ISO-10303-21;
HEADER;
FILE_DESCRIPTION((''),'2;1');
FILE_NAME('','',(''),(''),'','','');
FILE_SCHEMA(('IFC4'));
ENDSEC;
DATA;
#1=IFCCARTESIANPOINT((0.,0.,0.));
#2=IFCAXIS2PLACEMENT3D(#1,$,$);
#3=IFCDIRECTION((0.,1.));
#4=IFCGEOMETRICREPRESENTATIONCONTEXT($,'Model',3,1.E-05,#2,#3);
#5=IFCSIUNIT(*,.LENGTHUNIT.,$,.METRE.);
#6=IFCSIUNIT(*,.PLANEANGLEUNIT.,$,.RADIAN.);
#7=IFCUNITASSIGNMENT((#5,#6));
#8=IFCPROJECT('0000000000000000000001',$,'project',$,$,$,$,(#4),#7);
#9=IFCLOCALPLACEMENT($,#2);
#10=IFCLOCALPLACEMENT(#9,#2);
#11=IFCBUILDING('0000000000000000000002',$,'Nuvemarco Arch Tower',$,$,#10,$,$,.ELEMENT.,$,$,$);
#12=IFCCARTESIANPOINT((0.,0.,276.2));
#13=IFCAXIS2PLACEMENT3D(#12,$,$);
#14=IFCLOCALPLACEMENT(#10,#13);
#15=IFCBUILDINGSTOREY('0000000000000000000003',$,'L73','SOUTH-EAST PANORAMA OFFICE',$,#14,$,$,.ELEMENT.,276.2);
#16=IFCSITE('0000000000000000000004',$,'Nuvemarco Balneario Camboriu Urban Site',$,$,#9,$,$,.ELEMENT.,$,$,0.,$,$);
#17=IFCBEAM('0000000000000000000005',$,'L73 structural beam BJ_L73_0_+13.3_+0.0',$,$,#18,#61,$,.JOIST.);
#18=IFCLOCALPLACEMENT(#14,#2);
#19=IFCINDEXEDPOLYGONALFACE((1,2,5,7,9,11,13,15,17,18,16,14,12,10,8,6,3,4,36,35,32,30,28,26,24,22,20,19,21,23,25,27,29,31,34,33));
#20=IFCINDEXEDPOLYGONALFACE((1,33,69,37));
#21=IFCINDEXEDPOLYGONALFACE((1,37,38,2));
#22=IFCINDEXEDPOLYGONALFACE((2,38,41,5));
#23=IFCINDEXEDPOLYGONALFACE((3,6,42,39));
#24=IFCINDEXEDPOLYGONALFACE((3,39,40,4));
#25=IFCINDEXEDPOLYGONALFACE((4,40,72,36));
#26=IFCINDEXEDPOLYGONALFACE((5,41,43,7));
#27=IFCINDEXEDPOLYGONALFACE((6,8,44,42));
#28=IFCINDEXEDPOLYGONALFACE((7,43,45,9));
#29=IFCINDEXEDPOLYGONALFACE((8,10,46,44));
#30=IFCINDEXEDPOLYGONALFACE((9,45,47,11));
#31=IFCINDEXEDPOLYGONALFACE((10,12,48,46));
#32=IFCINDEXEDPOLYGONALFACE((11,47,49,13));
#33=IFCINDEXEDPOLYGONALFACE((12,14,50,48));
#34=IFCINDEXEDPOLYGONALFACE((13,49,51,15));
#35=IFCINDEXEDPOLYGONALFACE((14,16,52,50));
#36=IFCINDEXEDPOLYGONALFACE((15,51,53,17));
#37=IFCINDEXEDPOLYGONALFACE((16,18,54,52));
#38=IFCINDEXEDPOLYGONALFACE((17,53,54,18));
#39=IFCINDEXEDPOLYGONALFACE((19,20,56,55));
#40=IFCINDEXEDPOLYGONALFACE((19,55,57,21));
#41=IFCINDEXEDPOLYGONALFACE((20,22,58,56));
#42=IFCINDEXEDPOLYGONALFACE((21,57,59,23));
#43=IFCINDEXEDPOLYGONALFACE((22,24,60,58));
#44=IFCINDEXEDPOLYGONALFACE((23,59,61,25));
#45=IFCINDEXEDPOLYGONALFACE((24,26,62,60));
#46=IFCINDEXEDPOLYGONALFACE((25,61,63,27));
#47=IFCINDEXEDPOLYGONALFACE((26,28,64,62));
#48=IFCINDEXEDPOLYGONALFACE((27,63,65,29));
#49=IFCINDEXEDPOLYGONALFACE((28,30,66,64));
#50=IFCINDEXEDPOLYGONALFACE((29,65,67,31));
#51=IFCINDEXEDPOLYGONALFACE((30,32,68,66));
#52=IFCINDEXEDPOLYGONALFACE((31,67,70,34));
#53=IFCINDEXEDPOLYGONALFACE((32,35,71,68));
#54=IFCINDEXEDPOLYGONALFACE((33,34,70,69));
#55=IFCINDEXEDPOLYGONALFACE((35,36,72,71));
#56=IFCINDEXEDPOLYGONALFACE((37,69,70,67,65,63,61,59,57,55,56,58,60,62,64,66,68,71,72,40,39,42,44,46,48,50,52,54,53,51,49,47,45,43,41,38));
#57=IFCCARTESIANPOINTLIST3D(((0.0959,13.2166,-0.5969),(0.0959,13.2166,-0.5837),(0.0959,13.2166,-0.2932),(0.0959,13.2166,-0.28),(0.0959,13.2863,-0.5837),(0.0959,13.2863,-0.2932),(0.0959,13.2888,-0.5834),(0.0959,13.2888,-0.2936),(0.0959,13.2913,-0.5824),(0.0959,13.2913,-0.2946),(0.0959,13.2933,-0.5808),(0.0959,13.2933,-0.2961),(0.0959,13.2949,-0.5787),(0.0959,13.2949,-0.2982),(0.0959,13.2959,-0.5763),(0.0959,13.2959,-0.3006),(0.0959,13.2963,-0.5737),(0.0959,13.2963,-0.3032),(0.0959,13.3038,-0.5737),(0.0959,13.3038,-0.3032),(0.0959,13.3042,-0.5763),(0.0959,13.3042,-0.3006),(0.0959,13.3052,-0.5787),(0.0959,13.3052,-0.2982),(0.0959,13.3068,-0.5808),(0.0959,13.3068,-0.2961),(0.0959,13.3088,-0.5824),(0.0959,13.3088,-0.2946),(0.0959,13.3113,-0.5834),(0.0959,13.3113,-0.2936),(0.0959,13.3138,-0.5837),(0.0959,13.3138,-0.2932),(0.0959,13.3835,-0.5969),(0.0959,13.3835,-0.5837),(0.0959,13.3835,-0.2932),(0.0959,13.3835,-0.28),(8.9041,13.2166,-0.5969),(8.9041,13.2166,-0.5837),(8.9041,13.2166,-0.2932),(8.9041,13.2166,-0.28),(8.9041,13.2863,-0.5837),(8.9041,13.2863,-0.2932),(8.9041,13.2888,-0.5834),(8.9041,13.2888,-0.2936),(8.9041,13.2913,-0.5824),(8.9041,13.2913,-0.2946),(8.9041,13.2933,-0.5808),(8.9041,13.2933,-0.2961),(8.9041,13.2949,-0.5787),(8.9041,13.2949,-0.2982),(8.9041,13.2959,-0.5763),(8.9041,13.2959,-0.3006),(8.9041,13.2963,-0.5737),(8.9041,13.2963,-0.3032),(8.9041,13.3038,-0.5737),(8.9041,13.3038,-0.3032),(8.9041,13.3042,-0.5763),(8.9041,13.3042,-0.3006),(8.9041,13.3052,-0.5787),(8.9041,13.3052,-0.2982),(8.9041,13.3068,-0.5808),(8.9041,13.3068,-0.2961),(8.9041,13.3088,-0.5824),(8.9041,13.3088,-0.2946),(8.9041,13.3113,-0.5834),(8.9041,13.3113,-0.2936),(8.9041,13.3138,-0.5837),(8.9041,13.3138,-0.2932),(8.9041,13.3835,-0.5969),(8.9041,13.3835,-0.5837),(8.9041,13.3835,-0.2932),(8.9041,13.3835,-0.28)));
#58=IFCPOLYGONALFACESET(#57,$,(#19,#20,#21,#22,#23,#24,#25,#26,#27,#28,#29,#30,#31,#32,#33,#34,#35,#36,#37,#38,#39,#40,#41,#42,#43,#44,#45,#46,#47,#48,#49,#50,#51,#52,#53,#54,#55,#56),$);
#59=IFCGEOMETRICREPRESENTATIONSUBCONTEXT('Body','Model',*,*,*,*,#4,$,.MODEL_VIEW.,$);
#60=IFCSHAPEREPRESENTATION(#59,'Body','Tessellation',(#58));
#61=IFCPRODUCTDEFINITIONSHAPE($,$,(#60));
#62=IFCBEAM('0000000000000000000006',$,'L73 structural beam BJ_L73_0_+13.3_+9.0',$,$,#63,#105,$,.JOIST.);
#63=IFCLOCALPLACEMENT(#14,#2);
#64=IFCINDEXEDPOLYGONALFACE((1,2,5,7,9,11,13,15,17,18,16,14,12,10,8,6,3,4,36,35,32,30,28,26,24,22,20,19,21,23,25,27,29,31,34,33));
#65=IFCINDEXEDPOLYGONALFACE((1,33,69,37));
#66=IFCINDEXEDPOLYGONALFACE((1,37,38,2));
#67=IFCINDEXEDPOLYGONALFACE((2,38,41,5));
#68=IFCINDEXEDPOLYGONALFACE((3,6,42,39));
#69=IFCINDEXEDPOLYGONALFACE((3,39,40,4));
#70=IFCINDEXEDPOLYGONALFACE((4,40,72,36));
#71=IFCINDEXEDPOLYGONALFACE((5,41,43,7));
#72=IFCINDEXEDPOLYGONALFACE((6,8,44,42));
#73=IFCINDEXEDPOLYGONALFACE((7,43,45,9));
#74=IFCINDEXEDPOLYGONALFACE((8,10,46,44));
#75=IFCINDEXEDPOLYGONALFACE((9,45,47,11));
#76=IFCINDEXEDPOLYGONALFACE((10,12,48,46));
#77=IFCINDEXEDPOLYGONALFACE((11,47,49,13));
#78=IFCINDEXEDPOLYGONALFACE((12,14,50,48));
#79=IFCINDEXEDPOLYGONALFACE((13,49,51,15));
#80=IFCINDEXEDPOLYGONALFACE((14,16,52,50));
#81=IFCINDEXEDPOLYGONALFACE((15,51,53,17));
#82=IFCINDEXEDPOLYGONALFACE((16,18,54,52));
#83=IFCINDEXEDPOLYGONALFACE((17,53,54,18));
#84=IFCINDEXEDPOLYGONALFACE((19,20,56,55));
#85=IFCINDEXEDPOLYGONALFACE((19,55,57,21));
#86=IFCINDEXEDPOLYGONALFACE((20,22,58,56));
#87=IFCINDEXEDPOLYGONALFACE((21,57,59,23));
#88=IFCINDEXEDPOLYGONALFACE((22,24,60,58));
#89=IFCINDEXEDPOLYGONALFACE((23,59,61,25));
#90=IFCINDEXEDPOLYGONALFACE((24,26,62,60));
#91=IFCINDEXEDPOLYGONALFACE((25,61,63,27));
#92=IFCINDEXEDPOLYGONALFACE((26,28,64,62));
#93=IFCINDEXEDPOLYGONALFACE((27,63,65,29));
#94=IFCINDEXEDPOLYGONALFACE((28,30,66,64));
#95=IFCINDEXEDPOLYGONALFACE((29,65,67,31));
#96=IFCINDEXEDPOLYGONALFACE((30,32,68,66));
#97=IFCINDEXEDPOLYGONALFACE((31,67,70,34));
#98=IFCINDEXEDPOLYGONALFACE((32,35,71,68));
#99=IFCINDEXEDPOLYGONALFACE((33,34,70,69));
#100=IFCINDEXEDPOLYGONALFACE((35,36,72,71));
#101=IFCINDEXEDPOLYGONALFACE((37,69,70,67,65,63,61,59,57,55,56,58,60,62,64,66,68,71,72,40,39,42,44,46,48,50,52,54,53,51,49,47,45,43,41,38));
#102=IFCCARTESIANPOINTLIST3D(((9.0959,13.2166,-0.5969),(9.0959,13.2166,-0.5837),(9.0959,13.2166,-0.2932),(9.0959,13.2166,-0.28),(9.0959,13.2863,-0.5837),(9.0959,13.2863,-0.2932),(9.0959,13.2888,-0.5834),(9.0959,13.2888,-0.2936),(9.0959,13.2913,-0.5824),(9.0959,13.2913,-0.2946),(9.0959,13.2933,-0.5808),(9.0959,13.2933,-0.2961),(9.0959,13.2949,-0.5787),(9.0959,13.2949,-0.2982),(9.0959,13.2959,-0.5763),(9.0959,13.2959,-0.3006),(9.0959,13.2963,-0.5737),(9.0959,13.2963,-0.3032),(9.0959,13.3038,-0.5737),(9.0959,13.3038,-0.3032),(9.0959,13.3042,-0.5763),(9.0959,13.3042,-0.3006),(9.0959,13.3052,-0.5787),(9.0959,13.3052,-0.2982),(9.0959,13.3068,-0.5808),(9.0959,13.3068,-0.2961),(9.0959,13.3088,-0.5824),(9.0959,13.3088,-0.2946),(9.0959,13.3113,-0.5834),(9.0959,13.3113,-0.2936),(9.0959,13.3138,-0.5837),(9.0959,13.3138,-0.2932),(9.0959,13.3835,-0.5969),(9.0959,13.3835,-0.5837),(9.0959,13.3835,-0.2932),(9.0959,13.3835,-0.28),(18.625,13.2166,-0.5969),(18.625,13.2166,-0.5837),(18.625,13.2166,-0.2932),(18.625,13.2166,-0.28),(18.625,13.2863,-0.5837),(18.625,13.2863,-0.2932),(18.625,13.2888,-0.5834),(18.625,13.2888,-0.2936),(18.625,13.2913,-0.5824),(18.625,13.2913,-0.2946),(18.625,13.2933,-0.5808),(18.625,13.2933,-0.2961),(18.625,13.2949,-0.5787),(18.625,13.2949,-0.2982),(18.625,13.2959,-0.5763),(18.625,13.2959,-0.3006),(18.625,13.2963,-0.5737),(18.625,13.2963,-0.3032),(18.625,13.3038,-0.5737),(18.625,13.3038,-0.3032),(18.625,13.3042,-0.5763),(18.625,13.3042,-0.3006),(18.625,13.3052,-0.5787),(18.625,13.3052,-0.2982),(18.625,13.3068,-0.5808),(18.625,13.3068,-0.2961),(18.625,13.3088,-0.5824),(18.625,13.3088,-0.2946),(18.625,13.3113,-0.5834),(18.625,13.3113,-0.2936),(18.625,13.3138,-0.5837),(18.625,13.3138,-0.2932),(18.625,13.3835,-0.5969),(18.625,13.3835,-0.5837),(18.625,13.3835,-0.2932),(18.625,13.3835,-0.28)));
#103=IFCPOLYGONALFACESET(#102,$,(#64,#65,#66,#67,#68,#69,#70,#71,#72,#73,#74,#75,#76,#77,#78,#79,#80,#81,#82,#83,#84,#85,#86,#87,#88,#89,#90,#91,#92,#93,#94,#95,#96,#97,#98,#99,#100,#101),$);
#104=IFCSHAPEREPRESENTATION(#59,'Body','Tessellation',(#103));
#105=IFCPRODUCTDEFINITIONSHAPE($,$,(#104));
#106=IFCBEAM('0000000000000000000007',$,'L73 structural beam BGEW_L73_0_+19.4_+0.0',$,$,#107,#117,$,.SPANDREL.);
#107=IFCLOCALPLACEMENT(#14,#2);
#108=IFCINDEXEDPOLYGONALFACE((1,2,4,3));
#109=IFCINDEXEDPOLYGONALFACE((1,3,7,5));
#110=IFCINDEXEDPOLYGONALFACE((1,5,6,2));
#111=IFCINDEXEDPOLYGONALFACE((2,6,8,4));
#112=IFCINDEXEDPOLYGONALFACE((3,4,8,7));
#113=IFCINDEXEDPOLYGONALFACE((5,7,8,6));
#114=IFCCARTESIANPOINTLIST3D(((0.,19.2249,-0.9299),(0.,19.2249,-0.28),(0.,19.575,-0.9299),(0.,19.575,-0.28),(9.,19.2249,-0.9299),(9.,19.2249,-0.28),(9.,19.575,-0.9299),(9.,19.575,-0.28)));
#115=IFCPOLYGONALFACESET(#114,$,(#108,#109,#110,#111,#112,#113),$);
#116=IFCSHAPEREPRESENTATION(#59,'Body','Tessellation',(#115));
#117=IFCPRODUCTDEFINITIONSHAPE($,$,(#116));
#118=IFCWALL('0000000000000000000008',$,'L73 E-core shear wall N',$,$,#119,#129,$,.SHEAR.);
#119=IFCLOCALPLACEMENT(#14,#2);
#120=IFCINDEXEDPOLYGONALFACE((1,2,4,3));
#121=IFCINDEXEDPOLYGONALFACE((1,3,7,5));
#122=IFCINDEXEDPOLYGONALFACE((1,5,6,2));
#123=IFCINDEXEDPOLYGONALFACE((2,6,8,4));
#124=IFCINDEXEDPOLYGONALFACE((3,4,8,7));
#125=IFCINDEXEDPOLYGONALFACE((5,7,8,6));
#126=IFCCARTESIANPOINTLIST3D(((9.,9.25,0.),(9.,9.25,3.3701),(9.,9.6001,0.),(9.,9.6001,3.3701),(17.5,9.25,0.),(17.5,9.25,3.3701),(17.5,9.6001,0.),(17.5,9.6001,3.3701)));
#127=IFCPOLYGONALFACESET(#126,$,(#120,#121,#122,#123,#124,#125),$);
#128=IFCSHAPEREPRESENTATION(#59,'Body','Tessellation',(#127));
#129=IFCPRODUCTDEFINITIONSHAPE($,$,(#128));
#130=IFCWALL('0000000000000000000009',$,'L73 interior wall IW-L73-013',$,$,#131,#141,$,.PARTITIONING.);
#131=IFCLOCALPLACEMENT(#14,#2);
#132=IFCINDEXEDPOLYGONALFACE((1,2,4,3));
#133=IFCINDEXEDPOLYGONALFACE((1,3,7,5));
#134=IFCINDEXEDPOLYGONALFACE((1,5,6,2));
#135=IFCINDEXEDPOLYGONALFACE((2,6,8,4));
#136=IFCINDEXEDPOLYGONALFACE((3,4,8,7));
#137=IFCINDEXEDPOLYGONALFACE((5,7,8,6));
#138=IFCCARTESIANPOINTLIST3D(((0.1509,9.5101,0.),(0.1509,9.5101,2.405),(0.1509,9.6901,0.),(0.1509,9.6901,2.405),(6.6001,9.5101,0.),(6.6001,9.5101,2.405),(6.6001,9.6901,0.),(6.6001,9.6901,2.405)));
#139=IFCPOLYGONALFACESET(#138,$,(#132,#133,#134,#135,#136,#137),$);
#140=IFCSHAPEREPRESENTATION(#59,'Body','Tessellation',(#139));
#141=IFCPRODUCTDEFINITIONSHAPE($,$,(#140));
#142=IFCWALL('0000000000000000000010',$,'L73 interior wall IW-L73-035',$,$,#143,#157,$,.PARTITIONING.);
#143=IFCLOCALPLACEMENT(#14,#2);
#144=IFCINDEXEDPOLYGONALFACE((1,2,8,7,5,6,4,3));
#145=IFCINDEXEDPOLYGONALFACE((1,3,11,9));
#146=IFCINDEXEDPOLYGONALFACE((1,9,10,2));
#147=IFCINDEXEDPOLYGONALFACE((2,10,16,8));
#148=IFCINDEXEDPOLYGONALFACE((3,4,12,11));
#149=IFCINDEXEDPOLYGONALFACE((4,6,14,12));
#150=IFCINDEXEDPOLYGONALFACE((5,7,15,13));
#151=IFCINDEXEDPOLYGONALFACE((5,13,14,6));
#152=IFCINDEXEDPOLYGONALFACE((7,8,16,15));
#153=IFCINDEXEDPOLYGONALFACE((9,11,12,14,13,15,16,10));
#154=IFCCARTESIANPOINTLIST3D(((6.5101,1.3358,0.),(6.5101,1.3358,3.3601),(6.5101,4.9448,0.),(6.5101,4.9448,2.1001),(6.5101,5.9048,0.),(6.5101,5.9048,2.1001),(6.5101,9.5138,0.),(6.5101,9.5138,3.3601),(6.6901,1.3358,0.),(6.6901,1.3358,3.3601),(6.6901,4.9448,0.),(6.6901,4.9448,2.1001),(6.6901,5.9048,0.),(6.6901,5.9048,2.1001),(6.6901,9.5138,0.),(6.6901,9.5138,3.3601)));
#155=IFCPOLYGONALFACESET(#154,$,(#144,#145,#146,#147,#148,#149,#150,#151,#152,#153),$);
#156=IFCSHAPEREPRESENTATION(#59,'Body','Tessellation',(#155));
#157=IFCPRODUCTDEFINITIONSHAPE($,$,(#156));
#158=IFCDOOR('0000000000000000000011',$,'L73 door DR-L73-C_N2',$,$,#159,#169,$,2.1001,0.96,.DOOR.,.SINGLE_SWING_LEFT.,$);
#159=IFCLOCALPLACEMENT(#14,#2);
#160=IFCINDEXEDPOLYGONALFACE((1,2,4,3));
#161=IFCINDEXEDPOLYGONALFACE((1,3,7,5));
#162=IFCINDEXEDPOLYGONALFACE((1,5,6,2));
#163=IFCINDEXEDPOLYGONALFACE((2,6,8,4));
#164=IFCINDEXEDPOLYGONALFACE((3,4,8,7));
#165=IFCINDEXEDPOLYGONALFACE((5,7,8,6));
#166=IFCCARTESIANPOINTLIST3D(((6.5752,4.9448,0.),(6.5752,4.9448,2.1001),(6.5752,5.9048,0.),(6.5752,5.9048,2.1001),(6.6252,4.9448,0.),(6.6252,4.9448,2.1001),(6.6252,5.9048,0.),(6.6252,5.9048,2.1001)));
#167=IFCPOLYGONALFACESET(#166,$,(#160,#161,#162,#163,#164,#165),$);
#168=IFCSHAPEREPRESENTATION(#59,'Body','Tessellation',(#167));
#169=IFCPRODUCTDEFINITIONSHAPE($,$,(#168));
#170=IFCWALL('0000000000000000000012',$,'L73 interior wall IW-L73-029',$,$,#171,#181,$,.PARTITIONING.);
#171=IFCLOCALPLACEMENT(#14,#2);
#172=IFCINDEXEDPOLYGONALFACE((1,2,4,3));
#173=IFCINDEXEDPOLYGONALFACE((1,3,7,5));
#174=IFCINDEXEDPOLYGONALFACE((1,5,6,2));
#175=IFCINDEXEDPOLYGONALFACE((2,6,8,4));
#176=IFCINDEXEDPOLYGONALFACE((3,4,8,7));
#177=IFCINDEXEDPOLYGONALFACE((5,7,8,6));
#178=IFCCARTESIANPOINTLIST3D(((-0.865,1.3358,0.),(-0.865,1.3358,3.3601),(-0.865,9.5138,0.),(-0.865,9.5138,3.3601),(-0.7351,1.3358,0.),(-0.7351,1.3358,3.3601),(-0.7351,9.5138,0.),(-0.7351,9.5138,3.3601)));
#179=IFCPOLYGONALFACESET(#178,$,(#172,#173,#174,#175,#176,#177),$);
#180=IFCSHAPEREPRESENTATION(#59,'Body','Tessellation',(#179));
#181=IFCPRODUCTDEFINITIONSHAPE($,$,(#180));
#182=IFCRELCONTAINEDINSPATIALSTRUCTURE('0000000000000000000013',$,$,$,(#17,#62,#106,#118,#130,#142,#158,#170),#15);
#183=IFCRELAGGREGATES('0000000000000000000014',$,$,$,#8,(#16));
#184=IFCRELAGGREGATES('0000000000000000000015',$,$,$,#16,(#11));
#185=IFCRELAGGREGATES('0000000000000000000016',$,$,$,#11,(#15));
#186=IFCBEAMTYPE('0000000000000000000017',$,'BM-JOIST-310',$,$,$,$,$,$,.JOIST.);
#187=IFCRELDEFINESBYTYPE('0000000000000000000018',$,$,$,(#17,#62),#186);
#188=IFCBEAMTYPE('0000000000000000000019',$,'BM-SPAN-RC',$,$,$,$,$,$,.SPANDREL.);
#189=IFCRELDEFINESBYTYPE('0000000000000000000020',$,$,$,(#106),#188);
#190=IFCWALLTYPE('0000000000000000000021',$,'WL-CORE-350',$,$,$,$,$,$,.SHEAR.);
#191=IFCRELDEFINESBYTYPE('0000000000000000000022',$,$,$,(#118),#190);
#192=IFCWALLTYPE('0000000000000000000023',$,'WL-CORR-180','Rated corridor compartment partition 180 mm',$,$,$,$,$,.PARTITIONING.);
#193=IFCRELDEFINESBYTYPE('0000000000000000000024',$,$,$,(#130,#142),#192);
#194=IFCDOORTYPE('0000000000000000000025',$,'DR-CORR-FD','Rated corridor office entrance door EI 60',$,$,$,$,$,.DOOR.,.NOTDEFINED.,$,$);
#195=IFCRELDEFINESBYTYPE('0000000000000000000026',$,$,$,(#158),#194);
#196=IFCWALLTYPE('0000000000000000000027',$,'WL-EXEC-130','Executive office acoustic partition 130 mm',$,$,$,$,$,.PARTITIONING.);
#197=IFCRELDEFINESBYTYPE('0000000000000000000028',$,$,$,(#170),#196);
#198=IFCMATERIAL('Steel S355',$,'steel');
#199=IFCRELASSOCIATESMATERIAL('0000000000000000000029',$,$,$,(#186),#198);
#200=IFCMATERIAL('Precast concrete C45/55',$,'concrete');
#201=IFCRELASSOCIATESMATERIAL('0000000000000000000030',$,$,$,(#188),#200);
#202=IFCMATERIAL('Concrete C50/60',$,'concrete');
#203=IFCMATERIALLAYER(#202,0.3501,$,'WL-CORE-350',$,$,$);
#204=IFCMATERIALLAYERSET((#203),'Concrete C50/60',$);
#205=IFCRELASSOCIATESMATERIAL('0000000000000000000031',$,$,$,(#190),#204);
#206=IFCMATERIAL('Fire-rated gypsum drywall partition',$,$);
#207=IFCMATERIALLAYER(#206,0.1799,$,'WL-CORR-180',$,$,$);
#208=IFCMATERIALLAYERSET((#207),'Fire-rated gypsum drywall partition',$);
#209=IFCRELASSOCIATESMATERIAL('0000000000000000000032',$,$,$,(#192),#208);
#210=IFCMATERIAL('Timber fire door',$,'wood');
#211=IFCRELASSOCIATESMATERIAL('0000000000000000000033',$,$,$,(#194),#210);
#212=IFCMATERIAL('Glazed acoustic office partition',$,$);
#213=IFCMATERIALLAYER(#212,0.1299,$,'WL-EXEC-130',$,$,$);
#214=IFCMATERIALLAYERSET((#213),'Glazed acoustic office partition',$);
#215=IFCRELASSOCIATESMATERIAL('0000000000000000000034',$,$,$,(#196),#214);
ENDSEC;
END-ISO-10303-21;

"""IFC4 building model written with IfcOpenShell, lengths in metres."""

from ifc_helpers import new_model, si_unit, direction, frame, frame_2d, origin, origin_2d, place, context, subcontext, project, spatial, rectangle, i_section, extrude, source, transform, mapped, material, layer, layer_set, material_profile, profile_set, type_object, type_shapes, element, fill, save


model = new_model("IFC4")

# Units and contexts
model_context = context("Model", 3, precision=1e-05, world=origin(), true_north=direction((0.0, 1.0)))
body_context = subcontext(model_context, "Body", "Model", "MODEL_VIEW")
ifc_project = project(units=[si_unit("LENGTHUNIT", "METRE"), si_unit("PLANEANGLEUNIT", "RADIAN")], contexts=[model_context])

# Site, building, storey
site_placement = place(None, origin())
site = spatial("IfcSite", under=ifc_project, at=site_placement, Name="Nuvemarco Balneario Camboriu Urban Site", CompositionType="ELEMENT", RefElevation=0.0)
building_placement = place(site_placement, origin())
building = spatial("IfcBuilding", under=site, at=building_placement, Name="Nuvemarco Arch Tower", CompositionType="ELEMENT")
storey_placement = place(building_placement, frame((0.0, 0.0, 276.2)))
storey = spatial("IfcBuildingStorey", under=building, at=storey_placement, Name="L73", Description="SOUTH-EAST PANORAMA OFFICE", CompositionType="ELEMENT", Elevation=276.2)

# Shared definitions
ifc_material_1 = material(Name="Concrete C50/60", Category="concrete")
ifc_material_2 = material(Name="Steel S355", Category="steel")

# Beams
ifc_material_profile_1 = material_profile(ifc_material_2, i_section(OverallWidth=0.167, OverallDepth=0.3169, WebThickness=0.0076, FlangeThickness=0.0132, FilletRadius=0.01, at=origin_2d()), Name="W310x52")
ifc_profile_set_1 = profile_set([ifc_material_profile_1], Name="Steel S355")
beam_type_1 = type_object("IfcBeamType", Name="BM-JOIST-310", PredefinedType="JOIST", material=ifc_profile_set_1)
beam_1_placement = place(storey_placement, frame((0.0959, 13.3, -0.4385), z_axis=(1.0, 0.0, 0.0), x_axis=(0.0, 1.0, 0.0)))
element("IfcBeam", 1, at=beam_1_placement, inside=storey, type_object=beam_type_1, Name="L73 structural beam BJ_L73_0_+13.3_+0.0", PredefinedType="JOIST", context=body_context, shape_type="SweptSolid", body=[
    extrude(i_section(OverallWidth=0.167, OverallDepth=0.3169, WebThickness=0.0076, FlangeThickness=0.0132, FilletRadius=0.01, at=origin_2d()), origin(), (0.0, 0.0, 1.0), 8.8081),
])
beam_2_placement = place(storey_placement, frame((9.0959, 13.3, -0.4385), z_axis=(1.0, 0.0, 0.0), x_axis=(0.0, 1.0, 0.0)))
element("IfcBeam", 2, at=beam_2_placement, inside=storey, type_object=beam_type_1, Name="L73 structural beam BJ_L73_0_+13.3_+9.0", PredefinedType="JOIST", context=body_context, shape_type="SweptSolid", body=[
    extrude(i_section(OverallWidth=0.167, OverallDepth=0.3169, WebThickness=0.0076, FlangeThickness=0.0132, FilletRadius=0.01, at=origin_2d()), origin(), (0.0, 0.0, 1.0), 9.5291),
])
ifc_material_3 = material(Name="Precast concrete C45/55", Category="concrete")
ifc_material_profile_2 = material_profile(ifc_material_3, rectangle(XDim=0.3501, YDim=0.6499, at=origin_2d()), Name="PC-SP-350x650")
ifc_profile_set_2 = profile_set([ifc_material_profile_2], Name="Precast concrete C45/55")
beam_type_2 = type_object("IfcBeamType", Name="BM-SPAN-RC", PredefinedType="SPANDREL", material=ifc_profile_set_2)
beam_3_placement = place(storey_placement, frame((0.0, 19.3999, -0.605), z_axis=(1.0, 0.0, 0.0), x_axis=(0.0, 1.0, 0.0)))
element("IfcBeam", 3, at=beam_3_placement, inside=storey, type_object=beam_type_2, Name="L73 structural beam BGEW_L73_0_+19.4_+0.0", PredefinedType="SPANDREL", context=body_context, shape_type="SweptSolid", body=[
    extrude(rectangle(XDim=0.3501, YDim=0.6499, at=origin_2d()), origin(), (0.0, 0.0, 1.0), 9.0),
])

# Walls
ifc_layer_1 = layer(ifc_material_1, 0.3501, Name="WL-CORE-350")
ifc_layer_set_1 = layer_set([ifc_layer_1], Name="Concrete C50/60")
wall_type_1 = type_object("IfcWallType", Name="WL-CORE-350", PredefinedType="SHEAR", material=ifc_layer_set_1)
wall_1_placement = place(storey_placement, frame((9.0, 9.425, 0.0), z_axis=(0.0, 0.0, 1.0), x_axis=(1.0, 0.0, 0.0)))
element("IfcWall", 4, at=wall_1_placement, inside=storey, type_object=wall_type_1, Name="L73 E-core shear wall N", PredefinedType="SHEAR", context=body_context, shape_type="SweptSolid", body=[
    extrude(rectangle(XDim=8.5, YDim=0.3501, at=frame_2d((4.25, 0.0))), origin(), (0.0, 0.0, 1.0), 3.3701),
])
ifc_material_4 = material(Name="Fire-rated gypsum drywall partition")
ifc_layer_2 = layer(ifc_material_4, 0.1799, Name="WL-CORR-180")
ifc_layer_set_2 = layer_set([ifc_layer_2], Name="Fire-rated gypsum drywall partition")
wall_type_2 = type_object("IfcWallType", Name="WL-CORR-180", Description="Rated corridor compartment partition 180 mm", PredefinedType="PARTITIONING", material=ifc_layer_set_2)
wall_2_placement = place(storey_placement, frame((0.1509, 9.6001, 0.0), z_axis=(0.0, 0.0, 1.0), x_axis=(1.0, 0.0, 0.0)))
element("IfcWall", 5, at=wall_2_placement, inside=storey, type_object=wall_type_2, Name="L73 interior wall IW-L73-013", PredefinedType="PARTITIONING", context=body_context, shape_type="SweptSolid", body=[
    extrude(rectangle(XDim=6.4492, YDim=0.1799, at=frame_2d((3.2246, 0.0))), origin(), (0.0, 0.0, 1.0), 2.405),
])

# Wall, opening, door
wall_3_placement = place(storey_placement, frame((6.6001, 1.3359, 0.0), z_axis=(0.0, 0.0, 1.0), x_axis=(0.0, 1.0, 0.0)))
wall_3 = element("IfcWall", 6, at=wall_3_placement, inside=storey, type_object=wall_type_2, Name="L73 interior wall IW-L73-035", PredefinedType="PARTITIONING", context=body_context, shape_type="SweptSolid", body=[
    extrude(rectangle(XDim=8.178, YDim=0.1799, at=frame_2d((4.0889, 0.0))), origin(), (0.0, 0.0, 1.0), 3.3601),
])
opening_placement = place(wall_3_placement, frame((3.6089, 0.0, 0.0)))
opening = element("IfcOpeningElement", 7, at=opening_placement, cuts=wall_3, PredefinedType="OPENING", context=body_context, shape_type="SweptSolid", body=[
    extrude(rectangle(XDim=0.96, YDim=2.1001, at=frame_2d((0.48, 1.05))), frame((0.0, 0.0999, 0.0), z_axis=(0.0, -1.0, 0.0), x_axis=(1.0, 0.0, 0.0)), (0.0, 0.0, 1.0), 0.2),
])
ifc_material_5 = material(Name="Timber fire door", Category="wood")
door_type = type_object("IfcDoorType", Name="DR-CORR-FD", Description="Rated corridor office entrance door EI 60", OperationType="NOTDEFINED", PredefinedType="DOOR", material=ifc_material_5)
shared_shape_1 = source(origin(), body_context, "Body", "SweptSolid", [
    extrude(rectangle(XDim=0.96, YDim=2.1001, at=frame_2d((0.48, 1.05))), frame((0.0, 0.0249, 0.0), z_axis=(0.0, -1.0, 0.0), x_axis=(1.0, 0.0, 0.0)), (0.0, 0.0, 1.0), 0.05),
])
type_shapes(door_type, [shared_shape_1])
door_placement = place(opening_placement, origin())
door = element("IfcDoor", 8, at=door_placement, inside=storey, type_object=door_type, Name="L73 door DR-L73-C_N2", OperationType="SINGLE_SWING_LEFT", OverallHeight=2.1001, OverallWidth=0.96, PredefinedType="DOOR", context=body_context, shape_type="MappedRepresentation", body=[
    mapped(shared_shape_1, transform((0.0, 0.0, 0.0), scale=1.0)),
])
fill(opening, door)

# Wall
ifc_material_6 = material(Name="Glazed acoustic office partition")
ifc_layer_3 = layer(ifc_material_6, 0.1299, Name="WL-EXEC-130")
ifc_layer_set_3 = layer_set([ifc_layer_3], Name="Glazed acoustic office partition")
wall_type_3 = type_object("IfcWallType", Name="WL-EXEC-130", Description="Executive office acoustic partition 130 mm", PredefinedType="PARTITIONING", material=ifc_layer_set_3)
wall_4_placement = place(storey_placement, frame((-0.8, 1.3359, 0.0), z_axis=(0.0, 0.0, 1.0), x_axis=(0.0, 1.0, 0.0)))
element("IfcWall", 9, at=wall_4_placement, inside=storey, type_object=wall_type_3, Name="L73 interior wall IW-L73-029", PredefinedType="PARTITIONING", context=body_context, shape_type="SweptSolid", body=[
    extrude(rectangle(XDim=8.178, YDim=0.1299, at=frame_2d((4.0889, 0.0))), origin(), (0.0, 0.0, 1.0), 3.3601),
])

save(model, "model.ifc")
